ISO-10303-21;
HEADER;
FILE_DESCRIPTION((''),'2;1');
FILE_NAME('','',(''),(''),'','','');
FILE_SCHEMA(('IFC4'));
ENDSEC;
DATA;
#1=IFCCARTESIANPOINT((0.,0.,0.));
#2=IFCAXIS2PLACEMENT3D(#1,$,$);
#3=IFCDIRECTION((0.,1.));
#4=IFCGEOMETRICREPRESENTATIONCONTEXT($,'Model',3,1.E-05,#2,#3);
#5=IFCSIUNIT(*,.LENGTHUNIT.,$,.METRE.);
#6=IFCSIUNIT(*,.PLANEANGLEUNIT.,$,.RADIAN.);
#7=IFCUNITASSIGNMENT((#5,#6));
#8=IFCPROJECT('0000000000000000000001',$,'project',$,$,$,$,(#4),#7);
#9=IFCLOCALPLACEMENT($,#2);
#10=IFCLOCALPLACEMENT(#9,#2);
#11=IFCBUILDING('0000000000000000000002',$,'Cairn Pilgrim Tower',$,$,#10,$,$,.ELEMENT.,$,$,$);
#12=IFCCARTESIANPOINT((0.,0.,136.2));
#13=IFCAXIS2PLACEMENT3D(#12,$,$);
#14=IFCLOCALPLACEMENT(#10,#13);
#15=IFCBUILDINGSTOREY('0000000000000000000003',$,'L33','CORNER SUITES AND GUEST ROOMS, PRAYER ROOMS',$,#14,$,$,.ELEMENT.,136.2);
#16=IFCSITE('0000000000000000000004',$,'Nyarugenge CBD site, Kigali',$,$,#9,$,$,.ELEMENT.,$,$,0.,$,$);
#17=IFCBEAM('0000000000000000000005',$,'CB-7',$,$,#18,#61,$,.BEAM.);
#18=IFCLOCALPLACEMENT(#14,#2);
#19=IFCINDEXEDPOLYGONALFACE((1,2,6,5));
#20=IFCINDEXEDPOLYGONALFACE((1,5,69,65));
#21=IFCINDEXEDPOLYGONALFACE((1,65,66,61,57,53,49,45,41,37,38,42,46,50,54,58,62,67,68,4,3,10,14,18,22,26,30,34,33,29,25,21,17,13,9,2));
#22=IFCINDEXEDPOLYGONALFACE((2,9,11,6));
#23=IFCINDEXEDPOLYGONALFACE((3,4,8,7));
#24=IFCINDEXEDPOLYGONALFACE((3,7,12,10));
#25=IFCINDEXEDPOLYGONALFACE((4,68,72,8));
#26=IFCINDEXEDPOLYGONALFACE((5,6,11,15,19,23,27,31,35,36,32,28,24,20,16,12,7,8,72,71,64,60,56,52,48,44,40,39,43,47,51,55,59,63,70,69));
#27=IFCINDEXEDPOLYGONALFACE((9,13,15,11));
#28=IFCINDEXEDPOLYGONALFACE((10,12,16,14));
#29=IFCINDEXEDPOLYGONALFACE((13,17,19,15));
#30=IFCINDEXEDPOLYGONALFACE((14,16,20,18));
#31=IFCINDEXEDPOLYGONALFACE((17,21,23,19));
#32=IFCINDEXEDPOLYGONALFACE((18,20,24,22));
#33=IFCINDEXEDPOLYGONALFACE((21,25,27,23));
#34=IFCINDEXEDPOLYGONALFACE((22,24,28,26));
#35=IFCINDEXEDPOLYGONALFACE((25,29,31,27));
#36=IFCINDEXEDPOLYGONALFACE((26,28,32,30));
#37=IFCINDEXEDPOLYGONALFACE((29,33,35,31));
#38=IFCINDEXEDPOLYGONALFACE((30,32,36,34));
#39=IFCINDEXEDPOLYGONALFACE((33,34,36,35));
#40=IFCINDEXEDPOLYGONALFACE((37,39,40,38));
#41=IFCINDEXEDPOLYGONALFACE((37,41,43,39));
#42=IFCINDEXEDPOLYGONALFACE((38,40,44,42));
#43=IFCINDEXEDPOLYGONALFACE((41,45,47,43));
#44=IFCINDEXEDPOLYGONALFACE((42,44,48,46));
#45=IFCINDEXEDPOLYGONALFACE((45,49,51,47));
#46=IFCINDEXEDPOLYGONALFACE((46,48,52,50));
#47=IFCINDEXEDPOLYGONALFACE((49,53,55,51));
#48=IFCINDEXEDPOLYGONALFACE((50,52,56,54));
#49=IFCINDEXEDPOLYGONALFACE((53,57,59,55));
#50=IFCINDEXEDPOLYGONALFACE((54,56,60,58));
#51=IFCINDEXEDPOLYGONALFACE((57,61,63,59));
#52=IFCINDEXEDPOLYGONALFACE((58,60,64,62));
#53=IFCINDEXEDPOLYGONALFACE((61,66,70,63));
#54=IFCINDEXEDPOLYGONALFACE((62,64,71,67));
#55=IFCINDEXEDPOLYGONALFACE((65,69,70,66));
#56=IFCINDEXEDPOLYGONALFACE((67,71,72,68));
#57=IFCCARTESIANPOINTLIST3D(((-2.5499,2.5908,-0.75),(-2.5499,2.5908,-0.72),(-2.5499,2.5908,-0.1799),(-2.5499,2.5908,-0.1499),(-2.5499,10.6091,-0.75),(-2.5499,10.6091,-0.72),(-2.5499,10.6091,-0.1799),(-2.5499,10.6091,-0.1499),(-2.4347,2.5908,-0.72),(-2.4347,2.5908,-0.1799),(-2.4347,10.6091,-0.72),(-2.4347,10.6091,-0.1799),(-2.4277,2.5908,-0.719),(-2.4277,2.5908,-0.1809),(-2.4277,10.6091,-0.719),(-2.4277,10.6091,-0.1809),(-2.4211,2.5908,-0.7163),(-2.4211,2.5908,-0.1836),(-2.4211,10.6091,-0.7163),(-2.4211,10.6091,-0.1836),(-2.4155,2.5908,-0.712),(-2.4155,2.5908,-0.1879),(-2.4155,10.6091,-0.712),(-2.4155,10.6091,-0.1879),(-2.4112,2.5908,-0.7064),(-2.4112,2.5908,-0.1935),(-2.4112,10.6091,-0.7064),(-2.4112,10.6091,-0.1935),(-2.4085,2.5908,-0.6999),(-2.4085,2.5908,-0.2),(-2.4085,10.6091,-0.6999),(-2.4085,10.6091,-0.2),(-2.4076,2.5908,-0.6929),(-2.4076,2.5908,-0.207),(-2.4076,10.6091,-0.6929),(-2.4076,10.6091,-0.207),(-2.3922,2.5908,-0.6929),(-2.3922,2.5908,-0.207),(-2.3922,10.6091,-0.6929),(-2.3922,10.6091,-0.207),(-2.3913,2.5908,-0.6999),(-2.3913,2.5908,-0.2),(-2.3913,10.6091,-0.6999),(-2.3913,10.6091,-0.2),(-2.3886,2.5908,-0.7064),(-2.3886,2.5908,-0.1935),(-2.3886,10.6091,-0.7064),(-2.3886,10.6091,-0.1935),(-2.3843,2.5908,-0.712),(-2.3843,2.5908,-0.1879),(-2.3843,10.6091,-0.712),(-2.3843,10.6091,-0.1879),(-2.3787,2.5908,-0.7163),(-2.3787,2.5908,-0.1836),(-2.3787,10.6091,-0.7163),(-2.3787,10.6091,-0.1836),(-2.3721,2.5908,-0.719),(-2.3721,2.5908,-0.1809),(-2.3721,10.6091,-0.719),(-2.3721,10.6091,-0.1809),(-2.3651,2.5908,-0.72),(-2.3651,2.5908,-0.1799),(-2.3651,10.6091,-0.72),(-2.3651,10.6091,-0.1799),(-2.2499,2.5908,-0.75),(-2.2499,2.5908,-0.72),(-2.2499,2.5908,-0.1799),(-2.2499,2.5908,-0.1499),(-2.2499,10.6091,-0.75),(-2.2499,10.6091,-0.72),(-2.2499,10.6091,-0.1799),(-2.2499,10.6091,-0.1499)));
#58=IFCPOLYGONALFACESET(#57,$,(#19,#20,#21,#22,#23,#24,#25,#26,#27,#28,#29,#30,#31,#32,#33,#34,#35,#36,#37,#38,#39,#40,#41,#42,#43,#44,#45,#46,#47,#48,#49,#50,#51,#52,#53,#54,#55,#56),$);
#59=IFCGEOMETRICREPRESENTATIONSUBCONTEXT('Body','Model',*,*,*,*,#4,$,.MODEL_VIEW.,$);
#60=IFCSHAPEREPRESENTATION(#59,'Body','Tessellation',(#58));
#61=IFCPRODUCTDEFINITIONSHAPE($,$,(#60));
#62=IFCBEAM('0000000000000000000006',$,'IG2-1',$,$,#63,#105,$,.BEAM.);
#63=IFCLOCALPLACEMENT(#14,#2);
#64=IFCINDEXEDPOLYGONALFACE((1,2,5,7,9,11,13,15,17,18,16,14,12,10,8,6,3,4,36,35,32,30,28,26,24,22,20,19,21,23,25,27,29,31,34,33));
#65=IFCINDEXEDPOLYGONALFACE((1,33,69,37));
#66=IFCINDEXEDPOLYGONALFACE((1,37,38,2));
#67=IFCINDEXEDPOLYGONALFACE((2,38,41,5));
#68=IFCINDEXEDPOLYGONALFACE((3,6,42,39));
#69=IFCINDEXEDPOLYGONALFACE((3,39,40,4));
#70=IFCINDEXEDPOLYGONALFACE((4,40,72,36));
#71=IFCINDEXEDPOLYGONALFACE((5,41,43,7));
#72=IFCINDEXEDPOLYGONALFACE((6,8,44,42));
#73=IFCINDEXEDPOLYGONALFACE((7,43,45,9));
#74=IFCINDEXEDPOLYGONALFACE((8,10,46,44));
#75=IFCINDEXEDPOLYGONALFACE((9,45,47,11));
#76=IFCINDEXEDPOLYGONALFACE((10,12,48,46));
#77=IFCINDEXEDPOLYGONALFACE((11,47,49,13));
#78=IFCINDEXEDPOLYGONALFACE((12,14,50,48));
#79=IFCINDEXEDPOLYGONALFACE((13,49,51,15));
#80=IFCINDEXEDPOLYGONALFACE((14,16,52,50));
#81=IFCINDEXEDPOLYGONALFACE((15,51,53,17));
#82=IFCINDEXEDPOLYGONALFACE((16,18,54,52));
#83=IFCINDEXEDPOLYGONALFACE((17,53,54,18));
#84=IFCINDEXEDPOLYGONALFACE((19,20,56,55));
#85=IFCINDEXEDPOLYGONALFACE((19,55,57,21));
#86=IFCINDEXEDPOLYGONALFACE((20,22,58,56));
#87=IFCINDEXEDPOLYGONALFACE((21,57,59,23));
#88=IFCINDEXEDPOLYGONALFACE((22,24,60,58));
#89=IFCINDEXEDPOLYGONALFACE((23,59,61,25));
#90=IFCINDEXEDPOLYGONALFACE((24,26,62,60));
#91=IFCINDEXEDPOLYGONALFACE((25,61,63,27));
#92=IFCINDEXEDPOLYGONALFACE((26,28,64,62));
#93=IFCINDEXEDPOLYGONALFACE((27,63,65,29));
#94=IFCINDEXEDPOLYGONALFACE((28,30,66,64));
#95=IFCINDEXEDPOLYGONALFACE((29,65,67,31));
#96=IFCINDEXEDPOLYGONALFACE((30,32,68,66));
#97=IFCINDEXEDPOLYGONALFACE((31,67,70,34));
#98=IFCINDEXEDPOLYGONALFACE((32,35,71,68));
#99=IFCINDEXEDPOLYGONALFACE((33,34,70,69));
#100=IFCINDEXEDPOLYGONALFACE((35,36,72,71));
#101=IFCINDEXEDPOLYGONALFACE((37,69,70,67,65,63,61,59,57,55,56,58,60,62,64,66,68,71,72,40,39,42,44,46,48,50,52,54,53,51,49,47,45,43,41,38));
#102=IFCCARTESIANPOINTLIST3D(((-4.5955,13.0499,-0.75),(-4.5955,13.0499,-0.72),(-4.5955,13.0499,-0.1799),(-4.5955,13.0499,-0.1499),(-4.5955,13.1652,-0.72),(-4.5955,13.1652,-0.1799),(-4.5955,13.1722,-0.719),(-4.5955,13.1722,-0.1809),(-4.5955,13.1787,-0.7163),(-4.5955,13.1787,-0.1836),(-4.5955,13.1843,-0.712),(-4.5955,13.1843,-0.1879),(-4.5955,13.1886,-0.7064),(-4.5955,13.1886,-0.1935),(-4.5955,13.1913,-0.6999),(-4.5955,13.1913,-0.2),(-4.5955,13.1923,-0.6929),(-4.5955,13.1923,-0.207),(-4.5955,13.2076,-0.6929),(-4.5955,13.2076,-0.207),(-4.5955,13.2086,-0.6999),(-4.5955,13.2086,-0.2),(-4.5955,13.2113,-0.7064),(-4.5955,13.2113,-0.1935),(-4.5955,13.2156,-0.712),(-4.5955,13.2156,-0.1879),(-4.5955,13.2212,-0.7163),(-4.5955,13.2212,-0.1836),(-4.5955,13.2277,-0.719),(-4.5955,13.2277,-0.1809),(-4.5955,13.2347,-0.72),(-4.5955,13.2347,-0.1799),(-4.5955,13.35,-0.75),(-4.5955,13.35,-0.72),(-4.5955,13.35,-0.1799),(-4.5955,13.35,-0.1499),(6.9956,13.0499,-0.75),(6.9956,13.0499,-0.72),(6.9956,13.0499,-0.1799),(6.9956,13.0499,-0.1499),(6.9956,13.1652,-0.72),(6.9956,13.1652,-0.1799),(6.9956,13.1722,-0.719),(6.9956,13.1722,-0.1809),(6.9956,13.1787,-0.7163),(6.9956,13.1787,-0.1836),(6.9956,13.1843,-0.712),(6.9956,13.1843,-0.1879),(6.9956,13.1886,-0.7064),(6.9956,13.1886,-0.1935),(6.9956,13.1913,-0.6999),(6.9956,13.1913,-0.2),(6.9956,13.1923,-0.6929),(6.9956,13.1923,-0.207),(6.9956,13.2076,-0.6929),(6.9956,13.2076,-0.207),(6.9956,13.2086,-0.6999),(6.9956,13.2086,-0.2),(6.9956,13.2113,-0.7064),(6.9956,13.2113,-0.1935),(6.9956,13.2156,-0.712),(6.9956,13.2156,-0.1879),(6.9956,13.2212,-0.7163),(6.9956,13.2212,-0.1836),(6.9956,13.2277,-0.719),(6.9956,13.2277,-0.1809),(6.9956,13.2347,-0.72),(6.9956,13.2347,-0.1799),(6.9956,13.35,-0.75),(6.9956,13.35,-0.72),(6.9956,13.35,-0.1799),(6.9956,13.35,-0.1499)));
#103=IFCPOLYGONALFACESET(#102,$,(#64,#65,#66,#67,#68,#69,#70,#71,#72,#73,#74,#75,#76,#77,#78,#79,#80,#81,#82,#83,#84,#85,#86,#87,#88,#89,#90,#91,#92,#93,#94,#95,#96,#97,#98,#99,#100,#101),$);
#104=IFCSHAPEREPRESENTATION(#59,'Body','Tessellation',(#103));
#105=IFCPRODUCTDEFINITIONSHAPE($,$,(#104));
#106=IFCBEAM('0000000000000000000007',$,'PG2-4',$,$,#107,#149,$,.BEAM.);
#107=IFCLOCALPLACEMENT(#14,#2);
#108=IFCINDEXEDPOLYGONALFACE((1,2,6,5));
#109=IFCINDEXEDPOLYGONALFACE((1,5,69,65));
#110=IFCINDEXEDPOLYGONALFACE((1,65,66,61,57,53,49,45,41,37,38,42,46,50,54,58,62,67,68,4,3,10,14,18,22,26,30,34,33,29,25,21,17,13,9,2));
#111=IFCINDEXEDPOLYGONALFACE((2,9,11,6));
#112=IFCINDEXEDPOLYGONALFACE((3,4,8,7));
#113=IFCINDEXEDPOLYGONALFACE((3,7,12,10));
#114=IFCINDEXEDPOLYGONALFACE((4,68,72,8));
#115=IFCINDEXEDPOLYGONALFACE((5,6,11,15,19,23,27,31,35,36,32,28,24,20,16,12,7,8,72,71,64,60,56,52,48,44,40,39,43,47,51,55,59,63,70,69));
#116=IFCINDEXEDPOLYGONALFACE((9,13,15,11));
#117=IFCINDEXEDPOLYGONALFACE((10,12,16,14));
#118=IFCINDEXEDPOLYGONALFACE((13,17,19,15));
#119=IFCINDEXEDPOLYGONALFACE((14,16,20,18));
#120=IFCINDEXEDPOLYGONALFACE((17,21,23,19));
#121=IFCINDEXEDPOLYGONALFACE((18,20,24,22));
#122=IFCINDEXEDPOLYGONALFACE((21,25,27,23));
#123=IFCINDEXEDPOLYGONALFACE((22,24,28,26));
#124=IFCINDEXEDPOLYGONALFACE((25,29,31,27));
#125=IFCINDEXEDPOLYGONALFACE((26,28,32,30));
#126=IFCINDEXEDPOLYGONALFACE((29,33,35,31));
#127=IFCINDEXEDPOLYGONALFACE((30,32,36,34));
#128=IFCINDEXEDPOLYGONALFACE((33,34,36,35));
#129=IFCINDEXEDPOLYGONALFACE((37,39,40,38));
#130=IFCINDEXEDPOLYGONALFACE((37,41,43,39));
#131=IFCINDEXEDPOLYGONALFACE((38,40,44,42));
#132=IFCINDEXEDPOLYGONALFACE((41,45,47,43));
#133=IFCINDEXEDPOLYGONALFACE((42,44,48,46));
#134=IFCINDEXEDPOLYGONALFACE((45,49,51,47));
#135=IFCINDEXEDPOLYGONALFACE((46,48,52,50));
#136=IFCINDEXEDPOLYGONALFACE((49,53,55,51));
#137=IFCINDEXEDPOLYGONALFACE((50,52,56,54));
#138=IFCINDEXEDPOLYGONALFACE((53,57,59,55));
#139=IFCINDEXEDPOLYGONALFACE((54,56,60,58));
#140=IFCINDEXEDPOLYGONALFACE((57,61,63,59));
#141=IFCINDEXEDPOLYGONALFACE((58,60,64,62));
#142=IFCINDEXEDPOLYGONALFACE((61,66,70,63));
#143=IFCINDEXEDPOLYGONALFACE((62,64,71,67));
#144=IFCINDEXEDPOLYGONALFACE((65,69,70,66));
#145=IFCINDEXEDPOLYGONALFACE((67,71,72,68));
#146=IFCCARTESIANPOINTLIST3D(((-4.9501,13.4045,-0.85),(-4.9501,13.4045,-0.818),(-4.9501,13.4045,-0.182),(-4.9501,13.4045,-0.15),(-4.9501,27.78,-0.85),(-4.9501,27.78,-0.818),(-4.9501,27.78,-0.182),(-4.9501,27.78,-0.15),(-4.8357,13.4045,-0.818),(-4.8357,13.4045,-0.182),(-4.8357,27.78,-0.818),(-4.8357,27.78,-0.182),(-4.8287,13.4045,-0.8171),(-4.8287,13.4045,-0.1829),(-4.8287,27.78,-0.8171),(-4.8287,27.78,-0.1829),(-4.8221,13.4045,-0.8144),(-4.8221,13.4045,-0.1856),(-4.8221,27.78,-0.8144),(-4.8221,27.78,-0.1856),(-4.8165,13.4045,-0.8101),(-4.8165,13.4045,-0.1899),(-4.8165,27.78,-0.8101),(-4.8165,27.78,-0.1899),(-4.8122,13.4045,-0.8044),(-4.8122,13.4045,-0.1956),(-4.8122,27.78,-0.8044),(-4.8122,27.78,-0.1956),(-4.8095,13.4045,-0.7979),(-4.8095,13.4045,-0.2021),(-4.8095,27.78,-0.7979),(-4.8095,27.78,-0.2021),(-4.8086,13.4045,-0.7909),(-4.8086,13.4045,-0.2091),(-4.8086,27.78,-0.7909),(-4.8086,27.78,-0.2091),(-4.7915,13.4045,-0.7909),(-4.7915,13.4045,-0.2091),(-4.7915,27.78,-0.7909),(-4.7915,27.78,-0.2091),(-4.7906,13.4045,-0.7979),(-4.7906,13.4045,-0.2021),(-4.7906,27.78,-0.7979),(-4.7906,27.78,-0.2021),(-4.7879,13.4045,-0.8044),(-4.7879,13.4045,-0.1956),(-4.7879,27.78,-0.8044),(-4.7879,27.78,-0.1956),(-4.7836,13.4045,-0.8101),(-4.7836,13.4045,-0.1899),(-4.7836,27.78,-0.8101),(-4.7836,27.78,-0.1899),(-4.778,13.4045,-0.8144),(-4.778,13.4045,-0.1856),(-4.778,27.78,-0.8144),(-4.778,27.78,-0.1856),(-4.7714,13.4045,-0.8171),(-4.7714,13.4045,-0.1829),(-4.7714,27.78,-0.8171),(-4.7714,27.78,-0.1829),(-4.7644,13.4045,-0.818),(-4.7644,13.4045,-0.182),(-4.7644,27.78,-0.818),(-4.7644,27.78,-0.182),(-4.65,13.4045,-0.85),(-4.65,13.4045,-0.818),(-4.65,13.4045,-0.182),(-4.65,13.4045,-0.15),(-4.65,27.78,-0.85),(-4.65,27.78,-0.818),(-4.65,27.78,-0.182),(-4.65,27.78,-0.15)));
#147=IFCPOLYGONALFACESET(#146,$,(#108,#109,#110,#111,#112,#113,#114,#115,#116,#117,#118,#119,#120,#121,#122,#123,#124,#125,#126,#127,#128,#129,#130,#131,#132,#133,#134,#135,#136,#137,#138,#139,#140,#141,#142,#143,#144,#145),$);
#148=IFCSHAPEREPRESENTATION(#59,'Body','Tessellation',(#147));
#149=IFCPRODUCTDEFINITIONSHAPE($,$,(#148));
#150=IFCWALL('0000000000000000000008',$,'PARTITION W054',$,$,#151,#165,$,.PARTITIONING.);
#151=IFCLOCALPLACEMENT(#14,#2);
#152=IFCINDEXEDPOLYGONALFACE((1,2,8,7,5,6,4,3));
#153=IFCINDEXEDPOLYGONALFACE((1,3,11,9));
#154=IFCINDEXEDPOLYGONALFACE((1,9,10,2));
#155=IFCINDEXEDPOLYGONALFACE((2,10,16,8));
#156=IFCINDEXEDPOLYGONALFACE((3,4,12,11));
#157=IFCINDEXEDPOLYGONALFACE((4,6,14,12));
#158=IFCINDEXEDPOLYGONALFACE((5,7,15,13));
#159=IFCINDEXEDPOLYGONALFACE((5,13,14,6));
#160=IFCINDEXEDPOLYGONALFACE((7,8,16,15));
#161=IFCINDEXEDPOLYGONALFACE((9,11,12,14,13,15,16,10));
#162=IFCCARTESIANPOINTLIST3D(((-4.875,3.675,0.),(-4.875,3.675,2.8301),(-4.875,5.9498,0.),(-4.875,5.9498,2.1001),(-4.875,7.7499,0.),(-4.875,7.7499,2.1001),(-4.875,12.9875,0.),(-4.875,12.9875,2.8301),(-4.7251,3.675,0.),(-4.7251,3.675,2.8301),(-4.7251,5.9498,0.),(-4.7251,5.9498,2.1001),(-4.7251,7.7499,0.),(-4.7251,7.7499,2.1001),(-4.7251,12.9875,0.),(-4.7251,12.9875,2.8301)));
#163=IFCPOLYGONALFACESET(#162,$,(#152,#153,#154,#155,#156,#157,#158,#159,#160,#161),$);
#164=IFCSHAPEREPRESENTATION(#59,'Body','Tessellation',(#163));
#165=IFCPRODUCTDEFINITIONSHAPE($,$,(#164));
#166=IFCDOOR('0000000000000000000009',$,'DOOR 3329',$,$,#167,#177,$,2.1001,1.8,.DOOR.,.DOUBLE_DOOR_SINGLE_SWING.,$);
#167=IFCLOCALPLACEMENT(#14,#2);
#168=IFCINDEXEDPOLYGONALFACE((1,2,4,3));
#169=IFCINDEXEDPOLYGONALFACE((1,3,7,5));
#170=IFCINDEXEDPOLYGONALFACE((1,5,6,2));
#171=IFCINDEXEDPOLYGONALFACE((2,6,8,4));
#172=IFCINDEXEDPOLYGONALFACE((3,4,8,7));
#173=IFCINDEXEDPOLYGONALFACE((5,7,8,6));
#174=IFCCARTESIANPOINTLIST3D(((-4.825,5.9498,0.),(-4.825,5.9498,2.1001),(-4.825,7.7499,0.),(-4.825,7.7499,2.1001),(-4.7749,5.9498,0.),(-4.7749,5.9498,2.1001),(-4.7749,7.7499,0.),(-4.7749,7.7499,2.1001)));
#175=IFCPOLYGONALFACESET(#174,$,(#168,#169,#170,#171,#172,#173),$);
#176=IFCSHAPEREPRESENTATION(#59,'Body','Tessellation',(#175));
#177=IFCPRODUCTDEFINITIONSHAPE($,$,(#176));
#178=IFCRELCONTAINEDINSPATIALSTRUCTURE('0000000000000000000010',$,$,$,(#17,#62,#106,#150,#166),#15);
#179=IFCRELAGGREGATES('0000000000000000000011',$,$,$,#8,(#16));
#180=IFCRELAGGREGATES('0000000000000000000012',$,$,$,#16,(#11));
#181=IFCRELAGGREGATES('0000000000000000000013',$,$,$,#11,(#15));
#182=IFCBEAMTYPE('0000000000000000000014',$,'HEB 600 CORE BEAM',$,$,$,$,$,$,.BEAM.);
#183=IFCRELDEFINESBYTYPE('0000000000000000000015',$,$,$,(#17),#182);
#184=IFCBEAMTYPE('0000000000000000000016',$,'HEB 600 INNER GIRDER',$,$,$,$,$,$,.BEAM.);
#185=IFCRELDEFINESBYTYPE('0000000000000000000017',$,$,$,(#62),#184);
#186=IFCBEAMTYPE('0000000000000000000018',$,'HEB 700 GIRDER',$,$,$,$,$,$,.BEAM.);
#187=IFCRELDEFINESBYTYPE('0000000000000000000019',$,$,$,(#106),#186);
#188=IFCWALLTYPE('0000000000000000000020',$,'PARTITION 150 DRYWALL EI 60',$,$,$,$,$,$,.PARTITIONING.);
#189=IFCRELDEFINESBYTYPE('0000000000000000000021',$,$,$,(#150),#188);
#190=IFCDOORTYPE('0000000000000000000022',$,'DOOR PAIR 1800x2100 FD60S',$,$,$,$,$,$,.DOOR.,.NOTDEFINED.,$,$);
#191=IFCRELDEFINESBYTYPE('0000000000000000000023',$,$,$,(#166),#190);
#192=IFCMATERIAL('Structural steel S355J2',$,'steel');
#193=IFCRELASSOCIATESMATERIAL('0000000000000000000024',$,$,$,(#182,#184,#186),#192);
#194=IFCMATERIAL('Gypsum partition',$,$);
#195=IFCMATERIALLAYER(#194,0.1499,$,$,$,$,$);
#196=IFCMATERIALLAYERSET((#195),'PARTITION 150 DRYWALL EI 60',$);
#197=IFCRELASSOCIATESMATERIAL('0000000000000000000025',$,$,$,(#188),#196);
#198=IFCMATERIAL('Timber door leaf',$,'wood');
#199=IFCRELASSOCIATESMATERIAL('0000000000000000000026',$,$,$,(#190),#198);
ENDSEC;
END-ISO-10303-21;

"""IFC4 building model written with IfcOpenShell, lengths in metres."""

from ifc_helpers import new_model, si_unit, direction, frame, frame_2d, origin, origin_2d, place, context, subcontext, project, spatial, rectangle, i_section, extrude, material, layer, layer_set, material_profile, profile_set, type_object, element, fill, save


model = new_model("IFC4")

# Units and contexts
model_context = context("Model", 3, precision=1e-05, world=origin(), true_north=direction((0.0, 1.0)))
body_context = subcontext(model_context, "Body", "Model", "MODEL_VIEW")
ifc_project = project(units=[si_unit("LENGTHUNIT", "METRE"), si_unit("PLANEANGLEUNIT", "RADIAN")], contexts=[model_context])

# Site, building, storey
site_placement = place(None, origin())
site = spatial("IfcSite", under=ifc_project, at=site_placement, Name="Nyarugenge CBD site, Kigali", CompositionType="ELEMENT", RefElevation=0.0)
building_placement = place(site_placement, origin())
building = spatial("IfcBuilding", under=site, at=building_placement, Name="Cairn Pilgrim Tower", CompositionType="ELEMENT")
storey_placement = place(building_placement, frame((0.0, 0.0, 136.2)))
storey = spatial("IfcBuildingStorey", under=building, at=storey_placement, Name="L33", Description="CORNER SUITES AND GUEST ROOMS, PRAYER ROOMS", CompositionType="ELEMENT", Elevation=136.2)

# Beams
ifc_material_1 = material(Name="Structural steel S355J2", Category="steel")
ifc_material_profile_1 = material_profile(ifc_material_1, i_section(OverallWidth=0.3, OverallDepth=0.6001, WebThickness=0.0154, FlangeThickness=0.03, FilletRadius=0.0271, at=origin_2d()), Name="HEB 600")
ifc_profile_set_1 = profile_set([ifc_material_profile_1], Name="Structural steel S355J2")
beam_type_1 = type_object("IfcBeamType", Name="HEB 600 CORE BEAM", PredefinedType="BEAM", material=ifc_profile_set_1)
beam_1_placement = place(storey_placement, frame((-2.3999, 10.6091, -0.45), z_axis=(0.0, -1.0, 0.0), x_axis=(1.0, 0.0, 0.0)))
element("IfcBeam", 1, at=beam_1_placement, inside=storey, type_object=beam_type_1, Name="CB-7", PredefinedType="BEAM", context=body_context, shape_type="SweptSolid", body=[
    extrude(i_section(OverallWidth=0.3, OverallDepth=0.6001, WebThickness=0.0154, FlangeThickness=0.03, FilletRadius=0.0271, at=origin_2d()), origin(), (0.0, 0.0, 1.0), 8.0183),
])
ifc_material_profile_2 = material_profile(ifc_material_1, i_section(OverallWidth=0.3, OverallDepth=0.6001, WebThickness=0.0154, FlangeThickness=0.03, FilletRadius=0.0271, at=origin_2d()), Name="HEB 600")
ifc_profile_set_2 = profile_set([ifc_material_profile_2], Name="Structural steel S355J2")
beam_type_2 = type_object("IfcBeamType", Name="HEB 600 INNER GIRDER", PredefinedType="BEAM", material=ifc_profile_set_2)
beam_2_placement = place(storey_placement, frame((-4.5955, 13.2, -0.45), z_axis=(1.0, 0.0, 0.0), x_axis=(0.0, 1.0, 0.0)))
element("IfcBeam", 2, at=beam_2_placement, inside=storey, type_object=beam_type_2, Name="IG2-1", PredefinedType="BEAM", context=body_context, shape_type="SweptSolid", body=[
    extrude(i_section(OverallWidth=0.3, OverallDepth=0.6001, WebThickness=0.0154, FlangeThickness=0.03, FilletRadius=0.0271, at=origin_2d()), origin(), (0.0, 0.0, 1.0), 11.5911),
])
ifc_material_profile_3 = material_profile(ifc_material_1, i_section(OverallWidth=0.3, OverallDepth=0.7, WebThickness=0.0171, FlangeThickness=0.032, FilletRadius=0.0271, at=origin_2d()), Name="HEB 700")
ifc_profile_set_3 = profile_set([ifc_material_profile_3], Name="Structural steel S355J2")
beam_type_3 = type_object("IfcBeamType", Name="HEB 700 GIRDER", PredefinedType="BEAM", material=ifc_profile_set_3)
beam_3_placement = place(storey_placement, frame((-4.8, 13.4045, -0.5), z_axis=(0.0, 1.0, 0.0), x_axis=(-1.0, 0.0, 0.0)))
element("IfcBeam", 3, at=beam_3_placement, inside=storey, type_object=beam_type_3, Name="PG2-4", PredefinedType="BEAM", context=body_context, shape_type="SweptSolid", body=[
    extrude(i_section(OverallWidth=0.3, OverallDepth=0.7, WebThickness=0.0171, FlangeThickness=0.032, FilletRadius=0.0271, at=origin_2d()), origin(), (0.0, 0.0, 1.0), 14.3755),
])

# Wall, opening, door
ifc_material_2 = material(Name="Gypsum partition")
ifc_layer_1 = layer(ifc_material_2, 0.1499)
ifc_layer_set_1 = layer_set([ifc_layer_1], Name="PARTITION 150 DRYWALL EI 60")
wall_type_1 = type_object("IfcWallType", Name="PARTITION 150 DRYWALL EI 60", PredefinedType="PARTITIONING", material=ifc_layer_set_1)
wall_1_placement = place(storey_placement, frame((-4.8, 3.675, 0.0), z_axis=(0.0, 0.0, 1.0), x_axis=(0.0, 1.0, 0.0)))
wall_1 = element("IfcWall", 4, at=wall_1_placement, inside=storey, type_object=wall_type_1, Name="PARTITION W054", PredefinedType="PARTITIONING", context=body_context, shape_type="SweptSolid", body=[
    extrude(rectangle(XDim=9.3125, YDim=0.1499, at=frame_2d((4.6562, 0.0))), origin(), (0.0, 0.0, 1.0), 2.8301),
])
opening_1_placement = place(wall_1_placement, frame((2.2749, 0.0, 0.0)))
opening_1 = element("IfcOpeningElement", 5, at=opening_1_placement, cuts=wall_1, PredefinedType="OPENING", context=body_context, shape_type="SweptSolid", body=[
    extrude(rectangle(XDim=1.8, YDim=2.1001, at=frame_2d((0.8999, 1.05))), frame((0.0, 0.085, 0.0), z_axis=(0.0, -1.0, 0.0), x_axis=(1.0, 0.0, 0.0)), (0.0, 0.0, 1.0), 0.1699),
])
ifc_material_3 = material(Name="Timber door leaf", Category="wood")
door_type_1 = type_object("IfcDoorType", Name="DOOR PAIR 1800x2100 FD60S", OperationType="NOTDEFINED", PredefinedType="DOOR", material=ifc_material_3)
door_1_placement = place(opening_1_placement, origin())
door_1 = element("IfcDoor", 6, at=door_1_placement, inside=storey, type_object=door_type_1, Name="DOOR 3329", OperationType="DOUBLE_DOOR_SINGLE_SWING", OverallHeight=2.1001, OverallWidth=1.8, PredefinedType="DOOR", context=body_context, shape_type="SweptSolid", body=[
    extrude(rectangle(XDim=1.8, YDim=2.1001, at=frame_2d((0.8999, 1.05))), frame((0.0, 0.0249, 0.0), z_axis=(0.0, -1.0, 0.0), x_axis=(1.0, 0.0, 0.0)), (0.0, 0.0, 1.0), 0.05),
])
fill(opening_1, door_1)

save(model, "model.ifc")
